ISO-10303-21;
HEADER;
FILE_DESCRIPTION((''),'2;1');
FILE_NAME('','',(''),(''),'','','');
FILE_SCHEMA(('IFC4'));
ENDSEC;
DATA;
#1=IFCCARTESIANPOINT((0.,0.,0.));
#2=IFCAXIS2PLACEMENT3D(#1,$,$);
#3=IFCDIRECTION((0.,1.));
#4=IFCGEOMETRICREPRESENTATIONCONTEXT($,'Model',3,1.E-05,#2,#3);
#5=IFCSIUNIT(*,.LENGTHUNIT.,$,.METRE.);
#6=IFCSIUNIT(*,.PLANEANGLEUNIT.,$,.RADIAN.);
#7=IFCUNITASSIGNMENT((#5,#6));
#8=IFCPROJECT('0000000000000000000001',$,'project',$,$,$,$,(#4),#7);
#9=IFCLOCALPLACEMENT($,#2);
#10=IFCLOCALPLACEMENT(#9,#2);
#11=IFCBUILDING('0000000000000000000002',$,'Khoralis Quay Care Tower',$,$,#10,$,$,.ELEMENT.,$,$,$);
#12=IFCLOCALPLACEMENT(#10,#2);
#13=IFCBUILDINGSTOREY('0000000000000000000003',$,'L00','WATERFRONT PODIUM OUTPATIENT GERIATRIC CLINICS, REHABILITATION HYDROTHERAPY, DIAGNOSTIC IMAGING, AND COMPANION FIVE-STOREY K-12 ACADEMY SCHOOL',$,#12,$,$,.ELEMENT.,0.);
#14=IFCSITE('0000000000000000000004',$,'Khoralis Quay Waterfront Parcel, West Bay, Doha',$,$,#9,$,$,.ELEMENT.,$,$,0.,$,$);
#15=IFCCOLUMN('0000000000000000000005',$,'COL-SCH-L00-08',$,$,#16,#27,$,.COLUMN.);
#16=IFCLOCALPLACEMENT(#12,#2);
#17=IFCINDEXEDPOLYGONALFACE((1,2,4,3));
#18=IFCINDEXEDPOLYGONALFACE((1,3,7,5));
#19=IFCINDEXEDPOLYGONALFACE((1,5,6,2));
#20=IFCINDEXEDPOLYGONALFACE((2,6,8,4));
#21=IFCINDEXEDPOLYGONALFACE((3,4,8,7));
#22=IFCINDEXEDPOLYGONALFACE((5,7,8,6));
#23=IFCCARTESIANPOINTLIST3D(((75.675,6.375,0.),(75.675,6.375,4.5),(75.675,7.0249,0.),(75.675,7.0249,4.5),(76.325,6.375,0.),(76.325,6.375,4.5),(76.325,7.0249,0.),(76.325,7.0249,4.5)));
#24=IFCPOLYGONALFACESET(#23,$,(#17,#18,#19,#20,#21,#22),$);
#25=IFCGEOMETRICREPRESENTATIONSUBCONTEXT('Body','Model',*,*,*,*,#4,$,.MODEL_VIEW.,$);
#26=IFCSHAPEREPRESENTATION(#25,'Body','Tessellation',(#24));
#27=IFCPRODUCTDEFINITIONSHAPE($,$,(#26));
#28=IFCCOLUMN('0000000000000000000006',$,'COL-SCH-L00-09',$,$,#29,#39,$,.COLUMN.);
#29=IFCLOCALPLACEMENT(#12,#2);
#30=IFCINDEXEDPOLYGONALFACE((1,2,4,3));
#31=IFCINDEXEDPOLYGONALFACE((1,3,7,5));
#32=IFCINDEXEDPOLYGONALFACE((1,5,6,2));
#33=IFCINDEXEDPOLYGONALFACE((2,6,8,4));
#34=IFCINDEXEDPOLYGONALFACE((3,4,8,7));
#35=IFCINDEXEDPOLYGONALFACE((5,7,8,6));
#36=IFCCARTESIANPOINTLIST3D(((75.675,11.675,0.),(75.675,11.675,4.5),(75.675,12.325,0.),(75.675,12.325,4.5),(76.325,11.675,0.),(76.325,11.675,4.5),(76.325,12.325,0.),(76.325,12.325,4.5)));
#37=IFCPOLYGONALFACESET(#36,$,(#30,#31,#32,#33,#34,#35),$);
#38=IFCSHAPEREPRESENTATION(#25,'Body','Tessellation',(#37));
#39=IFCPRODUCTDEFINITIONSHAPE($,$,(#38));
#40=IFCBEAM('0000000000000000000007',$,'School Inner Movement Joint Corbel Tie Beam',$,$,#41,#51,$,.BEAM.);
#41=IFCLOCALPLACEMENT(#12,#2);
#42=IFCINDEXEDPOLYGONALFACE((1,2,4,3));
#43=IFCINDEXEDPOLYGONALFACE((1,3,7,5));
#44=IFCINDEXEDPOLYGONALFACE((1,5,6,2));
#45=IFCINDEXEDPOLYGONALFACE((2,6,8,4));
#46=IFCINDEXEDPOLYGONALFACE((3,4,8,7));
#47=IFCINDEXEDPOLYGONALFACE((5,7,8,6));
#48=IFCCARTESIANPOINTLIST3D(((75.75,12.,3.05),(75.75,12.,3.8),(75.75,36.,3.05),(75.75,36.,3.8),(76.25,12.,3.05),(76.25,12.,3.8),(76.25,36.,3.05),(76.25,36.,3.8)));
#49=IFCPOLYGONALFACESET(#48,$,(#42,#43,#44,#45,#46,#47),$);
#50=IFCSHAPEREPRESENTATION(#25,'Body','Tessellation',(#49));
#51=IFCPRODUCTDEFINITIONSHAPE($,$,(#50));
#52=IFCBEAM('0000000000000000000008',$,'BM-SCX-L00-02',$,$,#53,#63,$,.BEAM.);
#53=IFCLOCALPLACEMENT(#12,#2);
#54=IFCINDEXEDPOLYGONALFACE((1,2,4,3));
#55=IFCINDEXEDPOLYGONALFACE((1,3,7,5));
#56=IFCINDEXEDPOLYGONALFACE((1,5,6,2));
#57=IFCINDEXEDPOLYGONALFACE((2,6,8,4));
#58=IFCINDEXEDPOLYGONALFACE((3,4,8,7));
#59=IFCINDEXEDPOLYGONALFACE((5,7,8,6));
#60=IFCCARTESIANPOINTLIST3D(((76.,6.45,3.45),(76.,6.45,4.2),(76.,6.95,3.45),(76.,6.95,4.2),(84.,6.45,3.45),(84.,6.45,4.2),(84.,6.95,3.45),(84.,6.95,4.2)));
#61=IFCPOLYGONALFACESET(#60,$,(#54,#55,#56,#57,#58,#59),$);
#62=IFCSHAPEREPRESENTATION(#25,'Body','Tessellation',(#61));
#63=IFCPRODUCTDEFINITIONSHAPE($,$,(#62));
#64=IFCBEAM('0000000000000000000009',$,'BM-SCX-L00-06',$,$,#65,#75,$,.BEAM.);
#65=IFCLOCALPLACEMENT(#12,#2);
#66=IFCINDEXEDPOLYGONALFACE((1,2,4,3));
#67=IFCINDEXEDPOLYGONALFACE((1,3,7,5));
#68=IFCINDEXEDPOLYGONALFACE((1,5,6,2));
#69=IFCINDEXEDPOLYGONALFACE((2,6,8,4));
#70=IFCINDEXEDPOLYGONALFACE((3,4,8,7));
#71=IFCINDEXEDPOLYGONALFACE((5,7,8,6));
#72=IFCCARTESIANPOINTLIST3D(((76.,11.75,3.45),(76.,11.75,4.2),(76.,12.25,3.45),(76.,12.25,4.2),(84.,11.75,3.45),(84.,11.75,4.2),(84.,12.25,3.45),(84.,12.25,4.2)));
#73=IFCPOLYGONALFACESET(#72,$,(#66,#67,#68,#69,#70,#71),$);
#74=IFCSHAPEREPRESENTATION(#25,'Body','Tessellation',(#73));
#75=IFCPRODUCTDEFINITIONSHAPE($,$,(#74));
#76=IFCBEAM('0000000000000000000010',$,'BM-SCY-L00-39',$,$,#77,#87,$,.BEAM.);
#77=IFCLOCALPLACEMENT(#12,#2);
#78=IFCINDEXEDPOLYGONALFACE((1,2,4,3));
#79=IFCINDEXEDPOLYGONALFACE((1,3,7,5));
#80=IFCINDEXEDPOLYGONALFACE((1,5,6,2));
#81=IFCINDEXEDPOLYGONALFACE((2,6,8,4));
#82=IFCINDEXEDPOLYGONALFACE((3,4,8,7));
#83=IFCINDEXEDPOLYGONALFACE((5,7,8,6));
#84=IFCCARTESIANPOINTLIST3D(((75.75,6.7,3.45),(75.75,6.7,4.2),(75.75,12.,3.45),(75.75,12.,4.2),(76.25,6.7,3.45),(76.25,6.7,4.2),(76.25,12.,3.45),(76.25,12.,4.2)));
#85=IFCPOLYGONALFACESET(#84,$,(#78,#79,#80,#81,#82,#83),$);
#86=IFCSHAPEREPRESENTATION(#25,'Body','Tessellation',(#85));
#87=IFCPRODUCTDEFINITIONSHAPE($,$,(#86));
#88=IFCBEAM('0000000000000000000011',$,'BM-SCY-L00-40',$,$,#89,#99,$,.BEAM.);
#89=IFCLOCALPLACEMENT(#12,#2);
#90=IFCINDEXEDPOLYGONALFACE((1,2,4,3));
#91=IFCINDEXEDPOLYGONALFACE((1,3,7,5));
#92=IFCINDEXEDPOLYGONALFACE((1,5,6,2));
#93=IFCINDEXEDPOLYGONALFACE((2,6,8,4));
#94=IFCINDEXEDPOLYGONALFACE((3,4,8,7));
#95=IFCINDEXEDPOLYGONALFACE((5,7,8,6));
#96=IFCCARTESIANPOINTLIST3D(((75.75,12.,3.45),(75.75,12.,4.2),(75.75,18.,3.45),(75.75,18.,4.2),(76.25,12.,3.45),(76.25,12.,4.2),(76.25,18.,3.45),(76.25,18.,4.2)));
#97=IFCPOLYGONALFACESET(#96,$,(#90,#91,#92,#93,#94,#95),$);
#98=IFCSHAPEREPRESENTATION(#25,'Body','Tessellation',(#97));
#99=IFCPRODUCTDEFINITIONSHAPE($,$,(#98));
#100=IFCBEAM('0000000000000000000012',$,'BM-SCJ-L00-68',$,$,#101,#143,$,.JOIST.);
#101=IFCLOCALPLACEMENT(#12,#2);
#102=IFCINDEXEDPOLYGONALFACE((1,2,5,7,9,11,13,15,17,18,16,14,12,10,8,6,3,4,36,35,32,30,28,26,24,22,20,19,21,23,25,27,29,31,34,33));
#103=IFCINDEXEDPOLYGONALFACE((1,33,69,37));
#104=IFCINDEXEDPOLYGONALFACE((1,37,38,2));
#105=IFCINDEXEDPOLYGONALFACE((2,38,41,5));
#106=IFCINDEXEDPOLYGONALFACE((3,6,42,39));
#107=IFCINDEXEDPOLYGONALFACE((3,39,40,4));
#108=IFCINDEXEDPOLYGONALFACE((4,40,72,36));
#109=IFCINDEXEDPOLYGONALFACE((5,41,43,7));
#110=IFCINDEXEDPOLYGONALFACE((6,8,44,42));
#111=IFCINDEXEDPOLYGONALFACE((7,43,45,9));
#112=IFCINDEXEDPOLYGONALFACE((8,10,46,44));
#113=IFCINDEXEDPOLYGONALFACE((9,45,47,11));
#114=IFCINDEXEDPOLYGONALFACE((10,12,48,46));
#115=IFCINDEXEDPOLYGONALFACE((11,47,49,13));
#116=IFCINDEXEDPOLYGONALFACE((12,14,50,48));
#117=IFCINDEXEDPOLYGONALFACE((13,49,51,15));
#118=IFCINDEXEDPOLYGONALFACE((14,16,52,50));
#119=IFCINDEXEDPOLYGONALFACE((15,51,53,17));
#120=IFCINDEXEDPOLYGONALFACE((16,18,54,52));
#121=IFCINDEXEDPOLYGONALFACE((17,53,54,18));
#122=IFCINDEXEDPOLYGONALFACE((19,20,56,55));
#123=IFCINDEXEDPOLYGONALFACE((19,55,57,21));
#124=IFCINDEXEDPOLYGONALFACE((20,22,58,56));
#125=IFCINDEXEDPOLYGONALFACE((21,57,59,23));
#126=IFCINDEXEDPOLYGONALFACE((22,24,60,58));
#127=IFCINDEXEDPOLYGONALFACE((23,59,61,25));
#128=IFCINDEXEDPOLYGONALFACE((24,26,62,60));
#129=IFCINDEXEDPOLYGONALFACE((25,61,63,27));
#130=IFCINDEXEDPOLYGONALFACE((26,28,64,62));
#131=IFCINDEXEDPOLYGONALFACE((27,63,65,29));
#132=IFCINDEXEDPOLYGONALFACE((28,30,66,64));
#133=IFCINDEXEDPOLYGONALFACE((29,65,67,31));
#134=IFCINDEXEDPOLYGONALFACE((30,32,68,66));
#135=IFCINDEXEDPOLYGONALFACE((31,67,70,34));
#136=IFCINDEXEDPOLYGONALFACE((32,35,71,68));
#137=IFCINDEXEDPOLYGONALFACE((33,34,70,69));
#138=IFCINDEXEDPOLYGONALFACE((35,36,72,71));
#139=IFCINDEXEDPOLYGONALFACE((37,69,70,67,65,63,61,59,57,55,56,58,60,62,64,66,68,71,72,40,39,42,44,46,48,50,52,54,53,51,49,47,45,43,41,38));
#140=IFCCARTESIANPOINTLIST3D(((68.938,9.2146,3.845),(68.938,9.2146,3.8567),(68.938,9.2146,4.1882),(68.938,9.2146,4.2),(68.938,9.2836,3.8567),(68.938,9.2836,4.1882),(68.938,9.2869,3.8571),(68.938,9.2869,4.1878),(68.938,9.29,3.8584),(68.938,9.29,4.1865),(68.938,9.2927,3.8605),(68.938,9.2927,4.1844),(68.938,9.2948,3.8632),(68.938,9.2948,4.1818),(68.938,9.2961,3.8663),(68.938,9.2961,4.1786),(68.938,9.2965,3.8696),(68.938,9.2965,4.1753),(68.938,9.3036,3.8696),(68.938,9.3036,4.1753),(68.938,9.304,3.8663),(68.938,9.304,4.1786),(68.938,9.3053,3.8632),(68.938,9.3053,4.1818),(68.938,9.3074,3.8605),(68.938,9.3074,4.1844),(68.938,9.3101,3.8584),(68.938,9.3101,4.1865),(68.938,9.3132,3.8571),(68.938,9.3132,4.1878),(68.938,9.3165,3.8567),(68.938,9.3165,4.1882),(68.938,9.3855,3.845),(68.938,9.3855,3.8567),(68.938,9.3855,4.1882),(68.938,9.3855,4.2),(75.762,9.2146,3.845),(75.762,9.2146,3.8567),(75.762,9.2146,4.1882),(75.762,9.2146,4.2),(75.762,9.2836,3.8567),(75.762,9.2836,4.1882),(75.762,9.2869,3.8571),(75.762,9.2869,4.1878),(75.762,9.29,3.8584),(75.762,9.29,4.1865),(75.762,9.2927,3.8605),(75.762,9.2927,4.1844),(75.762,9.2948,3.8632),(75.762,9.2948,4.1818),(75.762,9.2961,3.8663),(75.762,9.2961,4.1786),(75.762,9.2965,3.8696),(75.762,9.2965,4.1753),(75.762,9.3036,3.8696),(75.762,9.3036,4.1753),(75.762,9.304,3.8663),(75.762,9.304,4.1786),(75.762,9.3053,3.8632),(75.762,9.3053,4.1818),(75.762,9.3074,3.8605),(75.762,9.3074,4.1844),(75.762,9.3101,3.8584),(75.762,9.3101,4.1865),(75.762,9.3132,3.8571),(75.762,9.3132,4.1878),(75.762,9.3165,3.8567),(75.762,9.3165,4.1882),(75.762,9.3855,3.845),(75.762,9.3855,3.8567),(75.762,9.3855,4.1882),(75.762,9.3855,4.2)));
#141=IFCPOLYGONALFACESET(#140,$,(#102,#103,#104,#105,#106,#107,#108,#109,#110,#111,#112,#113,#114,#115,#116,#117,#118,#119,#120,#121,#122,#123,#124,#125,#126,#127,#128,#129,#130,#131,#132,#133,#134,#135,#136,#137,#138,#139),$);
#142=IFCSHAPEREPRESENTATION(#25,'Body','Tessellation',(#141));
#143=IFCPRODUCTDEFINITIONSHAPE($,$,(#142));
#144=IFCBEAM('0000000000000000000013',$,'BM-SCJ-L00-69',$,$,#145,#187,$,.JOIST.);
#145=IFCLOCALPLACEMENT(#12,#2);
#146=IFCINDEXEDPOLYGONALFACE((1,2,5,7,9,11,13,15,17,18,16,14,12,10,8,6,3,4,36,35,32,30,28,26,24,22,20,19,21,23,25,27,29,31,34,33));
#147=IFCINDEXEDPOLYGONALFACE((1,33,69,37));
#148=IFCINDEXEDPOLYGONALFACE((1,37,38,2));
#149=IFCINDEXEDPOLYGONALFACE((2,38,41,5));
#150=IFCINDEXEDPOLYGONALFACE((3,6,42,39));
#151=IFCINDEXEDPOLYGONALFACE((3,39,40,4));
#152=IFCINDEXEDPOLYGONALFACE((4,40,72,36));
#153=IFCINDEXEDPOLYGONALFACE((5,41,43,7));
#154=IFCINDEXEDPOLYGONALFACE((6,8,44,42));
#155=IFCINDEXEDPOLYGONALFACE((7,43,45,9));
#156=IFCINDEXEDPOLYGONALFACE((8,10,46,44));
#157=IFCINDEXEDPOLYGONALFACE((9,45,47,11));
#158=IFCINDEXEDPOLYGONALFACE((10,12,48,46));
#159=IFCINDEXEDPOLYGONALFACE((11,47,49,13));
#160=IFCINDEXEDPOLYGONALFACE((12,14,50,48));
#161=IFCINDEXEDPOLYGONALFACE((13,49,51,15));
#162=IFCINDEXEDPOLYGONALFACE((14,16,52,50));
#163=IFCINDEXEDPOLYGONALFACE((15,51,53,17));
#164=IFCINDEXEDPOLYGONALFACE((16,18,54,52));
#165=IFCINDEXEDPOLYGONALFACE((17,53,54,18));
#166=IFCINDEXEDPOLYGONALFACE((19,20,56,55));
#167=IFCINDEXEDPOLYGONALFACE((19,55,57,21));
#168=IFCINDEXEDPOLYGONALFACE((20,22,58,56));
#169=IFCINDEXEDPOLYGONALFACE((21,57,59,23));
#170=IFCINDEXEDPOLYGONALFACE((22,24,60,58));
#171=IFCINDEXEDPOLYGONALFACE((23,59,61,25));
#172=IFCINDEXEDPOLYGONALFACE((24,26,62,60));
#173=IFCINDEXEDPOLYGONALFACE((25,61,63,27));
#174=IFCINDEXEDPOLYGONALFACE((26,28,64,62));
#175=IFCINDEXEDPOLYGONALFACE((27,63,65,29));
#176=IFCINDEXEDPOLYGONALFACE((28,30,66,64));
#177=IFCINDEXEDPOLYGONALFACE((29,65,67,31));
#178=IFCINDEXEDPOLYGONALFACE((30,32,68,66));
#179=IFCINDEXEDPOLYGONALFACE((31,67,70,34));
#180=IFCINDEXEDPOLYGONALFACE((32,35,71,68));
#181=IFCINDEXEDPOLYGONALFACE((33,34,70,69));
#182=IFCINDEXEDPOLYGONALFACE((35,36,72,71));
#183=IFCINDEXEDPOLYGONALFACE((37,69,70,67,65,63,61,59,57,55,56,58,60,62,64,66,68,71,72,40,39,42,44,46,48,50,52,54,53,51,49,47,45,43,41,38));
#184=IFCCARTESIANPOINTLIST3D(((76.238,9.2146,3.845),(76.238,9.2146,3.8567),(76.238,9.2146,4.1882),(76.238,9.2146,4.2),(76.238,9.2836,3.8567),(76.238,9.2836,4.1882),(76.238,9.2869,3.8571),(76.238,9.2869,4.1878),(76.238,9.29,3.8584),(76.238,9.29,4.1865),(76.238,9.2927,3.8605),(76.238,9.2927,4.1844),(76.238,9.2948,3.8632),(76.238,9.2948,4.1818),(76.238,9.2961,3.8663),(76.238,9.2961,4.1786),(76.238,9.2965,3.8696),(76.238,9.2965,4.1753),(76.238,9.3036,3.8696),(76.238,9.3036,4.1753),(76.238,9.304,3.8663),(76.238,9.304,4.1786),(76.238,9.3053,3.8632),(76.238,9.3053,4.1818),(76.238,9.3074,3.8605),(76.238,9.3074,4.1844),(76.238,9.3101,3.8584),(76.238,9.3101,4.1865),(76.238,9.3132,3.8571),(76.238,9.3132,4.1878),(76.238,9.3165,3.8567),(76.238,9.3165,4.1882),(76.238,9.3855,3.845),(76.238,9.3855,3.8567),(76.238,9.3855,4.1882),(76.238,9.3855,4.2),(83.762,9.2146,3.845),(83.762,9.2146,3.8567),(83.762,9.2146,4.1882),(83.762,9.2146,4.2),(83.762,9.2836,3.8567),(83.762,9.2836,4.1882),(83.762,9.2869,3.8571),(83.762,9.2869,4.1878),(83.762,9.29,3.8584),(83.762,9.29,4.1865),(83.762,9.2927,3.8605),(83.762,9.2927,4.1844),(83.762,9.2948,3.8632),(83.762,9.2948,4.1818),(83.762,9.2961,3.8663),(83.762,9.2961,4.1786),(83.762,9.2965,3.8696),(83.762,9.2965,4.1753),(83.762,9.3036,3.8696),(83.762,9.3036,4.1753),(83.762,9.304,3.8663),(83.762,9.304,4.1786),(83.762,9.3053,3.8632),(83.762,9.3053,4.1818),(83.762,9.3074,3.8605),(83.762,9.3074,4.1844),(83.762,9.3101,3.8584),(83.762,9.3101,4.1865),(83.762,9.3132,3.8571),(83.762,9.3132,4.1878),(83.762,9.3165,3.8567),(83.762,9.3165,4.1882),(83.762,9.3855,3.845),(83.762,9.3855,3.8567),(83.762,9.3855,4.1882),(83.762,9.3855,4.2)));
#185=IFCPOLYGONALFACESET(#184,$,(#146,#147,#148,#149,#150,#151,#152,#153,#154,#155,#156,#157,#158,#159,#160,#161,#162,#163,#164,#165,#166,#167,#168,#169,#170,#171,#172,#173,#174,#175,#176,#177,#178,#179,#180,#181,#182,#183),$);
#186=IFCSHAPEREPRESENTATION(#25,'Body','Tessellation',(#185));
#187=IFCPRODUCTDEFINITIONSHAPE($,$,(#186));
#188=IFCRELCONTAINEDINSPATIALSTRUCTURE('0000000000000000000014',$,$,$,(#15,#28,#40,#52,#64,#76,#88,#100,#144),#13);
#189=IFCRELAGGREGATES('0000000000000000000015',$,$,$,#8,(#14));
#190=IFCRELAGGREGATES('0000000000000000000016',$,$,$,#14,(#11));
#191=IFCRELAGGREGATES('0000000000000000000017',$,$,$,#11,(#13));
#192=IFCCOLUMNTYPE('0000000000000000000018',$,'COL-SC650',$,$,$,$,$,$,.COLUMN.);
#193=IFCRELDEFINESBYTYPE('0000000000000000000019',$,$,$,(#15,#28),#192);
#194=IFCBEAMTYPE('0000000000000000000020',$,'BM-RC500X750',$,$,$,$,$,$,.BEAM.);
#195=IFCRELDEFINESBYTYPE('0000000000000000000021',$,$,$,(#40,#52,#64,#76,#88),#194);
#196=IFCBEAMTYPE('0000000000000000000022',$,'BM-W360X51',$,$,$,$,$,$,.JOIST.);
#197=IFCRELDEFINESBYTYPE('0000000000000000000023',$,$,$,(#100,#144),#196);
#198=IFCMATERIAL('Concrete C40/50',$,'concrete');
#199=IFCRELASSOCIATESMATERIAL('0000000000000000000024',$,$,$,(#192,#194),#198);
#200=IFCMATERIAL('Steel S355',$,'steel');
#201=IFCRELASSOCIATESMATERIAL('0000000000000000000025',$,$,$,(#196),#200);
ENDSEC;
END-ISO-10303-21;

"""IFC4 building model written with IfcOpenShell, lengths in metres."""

from ifc_helpers import new_model, si_unit, direction, frame, origin, origin_2d, place, context, subcontext, project, spatial, rectangle, i_section, extrude, source, transform, mapped, material, material_profile, profile_set, type_object, element, save


model = new_model("IFC4")

# Units and contexts
model_context = context("Model", 3, precision=1e-05, world=origin(), true_north=direction((0.0, 1.0)))
body_context = subcontext(model_context, "Body", "Model", "MODEL_VIEW")
ifc_project = project(units=[si_unit("LENGTHUNIT", "METRE"), si_unit("PLANEANGLEUNIT", "RADIAN")], contexts=[model_context])

# Site, building, storey
site_placement = place(None, origin())
site = spatial("IfcSite", under=ifc_project, at=site_placement, Name="Khoralis Quay Waterfront Parcel, West Bay, Doha", CompositionType="ELEMENT", RefElevation=0.0)
building_placement = place(site_placement, origin())
building = spatial("IfcBuilding", under=site, at=building_placement, Name="Khoralis Quay Care Tower", CompositionType="ELEMENT")
storey_placement = place(building_placement, origin())
storey = spatial("IfcBuildingStorey", under=building, at=storey_placement, Name="L00", Description="WATERFRONT PODIUM OUTPATIENT GERIATRIC CLINICS, REHABILITATION HYDROTHERAPY, DIAGNOSTIC IMAGING, AND COMPANION FIVE-STOREY K-12 ACADEMY SCHOOL", CompositionType="ELEMENT", Elevation=0.0)

# Columns
ifc_material_1 = material(Name="Concrete C40/50", Category="concrete")
ifc_material_profile_1 = material_profile(ifc_material_1, rectangle(XDim=0.6499, YDim=0.6499, at=origin_2d()), Name="Concrete C40/50")
ifc_profile_set_1 = profile_set([ifc_material_profile_1], Name="Concrete C40/50")
column_type = type_object("IfcColumnType", Name="COL-SC650", PredefinedType="COLUMN", material=ifc_profile_set_1)
shared_shape_1 = source(origin(), body_context, "Body", "SweptSolid", [
    extrude(rectangle(XDim=0.6499, YDim=0.6499, at=origin_2d()), origin(), (0.0, 0.0, 1.0), 4.5),
])
for number, where, z_axis, x_axis, name in (
    (1, (76.0, 6.7, 0.0), (0.0, 0.0, 1.0), (1.0, 0.0, 0.0), "COL-SCH-L00-08"),
    (2, (76.0, 12.0, 0.0), (0.0, 0.0, 1.0), (1.0, 0.0, 0.0), "COL-SCH-L00-09"),
):
    element("IfcColumn", number, at=place(storey_placement, frame(where, z_axis=z_axis, x_axis=x_axis)), inside=storey, type_object=column_type, Name=name, PredefinedType="COLUMN", context=body_context, shape_type="MappedRepresentation", body=[
        mapped(shared_shape_1, transform((0.0, 0.0, 0.0), scale=1.0)),
    ])

# Beams
ifc_material_profile_2 = material_profile(ifc_material_1, rectangle(XDim=0.5, YDim=0.75, at=origin_2d()), Name="Concrete C40/50")
ifc_profile_set_2 = profile_set([ifc_material_profile_2], Name="Concrete C40/50")
beam_type_1 = type_object("IfcBeamType", Name="BM-RC500X750", PredefinedType="BEAM", material=ifc_profile_set_2)
shared_shape_2 = source(origin(), body_context, "Body", "SweptSolid", [
    extrude(rectangle(XDim=0.5, YDim=0.75, at=origin_2d()), origin(), (0.0, 0.0, 1.0), 24.0),
])
beam_1_placement = place(storey_placement, frame((76.0, 12.0, 3.425), z_axis=(0.0, 1.0, 0.0), x_axis=(-1.0, 0.0, 0.0)))
element("IfcBeam", 3, at=beam_1_placement, inside=storey, type_object=beam_type_1, Name="School Inner Movement Joint Corbel Tie Beam", PredefinedType="BEAM", context=body_context, shape_type="MappedRepresentation", body=[
    mapped(shared_shape_2, transform((0.0, 0.0, 0.0), scale=1.0)),
])
shared_shape_3 = source(origin(), body_context, "Body", "SweptSolid", [
    extrude(rectangle(XDim=0.5, YDim=0.75, at=origin_2d()), origin(), (0.0, 0.0, 1.0), 8.0),
])
for number, where, z_axis, x_axis, name in (
    (4, (76.0, 6.7, 3.825), (1.0, 0.0, 0.0), (0.0, 1.0, 0.0), "BM-SCX-L00-02"),
    (5, (76.0, 12.0, 3.825), (1.0, 0.0, 0.0), (0.0, 1.0, 0.0), "BM-SCX-L00-06"),
):
    element("IfcBeam", number, at=place(storey_placement, frame(where, z_axis=z_axis, x_axis=x_axis)), inside=storey, type_object=beam_type_1, Name=name, PredefinedType="BEAM", context=body_context, shape_type="MappedRepresentation", body=[
        mapped(shared_shape_3, transform((0.0, 0.0, 0.0), scale=1.0)),
    ])
shared_shape_4 = source(origin(), body_context, "Body", "SweptSolid", [
    extrude(rectangle(XDim=0.5, YDim=0.75, at=origin_2d()), origin(), (0.0, 0.0, 1.0), 5.3),
])
beam_2_placement = place(storey_placement, frame((76.0, 6.7, 3.825), z_axis=(0.0, 1.0, 0.0), x_axis=(-1.0, 0.0, 0.0)))
element("IfcBeam", 6, at=beam_2_placement, inside=storey, type_object=beam_type_1, Name="BM-SCY-L00-39", PredefinedType="BEAM", context=body_context, shape_type="MappedRepresentation", body=[
    mapped(shared_shape_4, transform((0.0, 0.0, 0.0), scale=1.0)),
])
shared_shape_5 = source(origin(), body_context, "Body", "SweptSolid", [
    extrude(rectangle(XDim=0.5, YDim=0.75, at=origin_2d()), origin(), (0.0, 0.0, 1.0), 6.0),
])
beam_3_placement = place(storey_placement, frame((76.0, 12.0, 3.825), z_axis=(0.0, 1.0, 0.0), x_axis=(-1.0, 0.0, 0.0)))
element("IfcBeam", 7, at=beam_3_placement, inside=storey, type_object=beam_type_1, Name="BM-SCY-L00-40", PredefinedType="BEAM", context=body_context, shape_type="MappedRepresentation", body=[
    mapped(shared_shape_5, transform((0.0, 0.0, 0.0), scale=1.0)),
])
ifc_material_2 = material(Name="Steel S355", Category="steel")
ifc_material_profile_3 = material_profile(ifc_material_2, i_section(OverallWidth=0.1709, OverallDepth=0.355, WebThickness=0.0071, FlangeThickness=0.0117, FilletRadius=0.0129, at=origin_2d()), Name="Steel S355")
ifc_profile_set_3 = profile_set([ifc_material_profile_3], Name="Steel S355")
beam_type_2 = type_object("IfcBeamType", Name="BM-W360X51", PredefinedType="JOIST", material=ifc_profile_set_3)
shared_shape_6 = source(origin(), body_context, "Body", "SweptSolid", [
    extrude(i_section(OverallWidth=0.1709, OverallDepth=0.355, WebThickness=0.0071, FlangeThickness=0.0117, FilletRadius=0.0129, at=origin_2d()), origin(), (0.0, 0.0, 1.0), 6.824),
])
beam_4_placement = place(storey_placement, frame((68.938, 9.3, 4.0225), z_axis=(1.0, 0.0, 0.0), x_axis=(0.0, 1.0, 0.0)))
element("IfcBeam", 8, at=beam_4_placement, inside=storey, type_object=beam_type_2, Name="BM-SCJ-L00-68", PredefinedType="JOIST", context=body_context, shape_type="MappedRepresentation", body=[
    mapped(shared_shape_6, transform((0.0, 0.0, 0.0), scale=1.0)),
])
shared_shape_7 = source(origin(), body_context, "Body", "SweptSolid", [
    extrude(i_section(OverallWidth=0.1709, OverallDepth=0.355, WebThickness=0.0071, FlangeThickness=0.0117, FilletRadius=0.0129, at=origin_2d()), origin(), (0.0, 0.0, 1.0), 7.5239),
])
beam_5_placement = place(storey_placement, frame((76.238, 9.3, 4.0225), z_axis=(1.0, 0.0, 0.0), x_axis=(0.0, 1.0, 0.0)))
element("IfcBeam", 9, at=beam_5_placement, inside=storey, type_object=beam_type_2, Name="BM-SCJ-L00-69", PredefinedType="JOIST", context=body_context, shape_type="MappedRepresentation", body=[
    mapped(shared_shape_7, transform((0.0, 0.0, 0.0), scale=1.0)),
])

save(model, "model.ifc")
